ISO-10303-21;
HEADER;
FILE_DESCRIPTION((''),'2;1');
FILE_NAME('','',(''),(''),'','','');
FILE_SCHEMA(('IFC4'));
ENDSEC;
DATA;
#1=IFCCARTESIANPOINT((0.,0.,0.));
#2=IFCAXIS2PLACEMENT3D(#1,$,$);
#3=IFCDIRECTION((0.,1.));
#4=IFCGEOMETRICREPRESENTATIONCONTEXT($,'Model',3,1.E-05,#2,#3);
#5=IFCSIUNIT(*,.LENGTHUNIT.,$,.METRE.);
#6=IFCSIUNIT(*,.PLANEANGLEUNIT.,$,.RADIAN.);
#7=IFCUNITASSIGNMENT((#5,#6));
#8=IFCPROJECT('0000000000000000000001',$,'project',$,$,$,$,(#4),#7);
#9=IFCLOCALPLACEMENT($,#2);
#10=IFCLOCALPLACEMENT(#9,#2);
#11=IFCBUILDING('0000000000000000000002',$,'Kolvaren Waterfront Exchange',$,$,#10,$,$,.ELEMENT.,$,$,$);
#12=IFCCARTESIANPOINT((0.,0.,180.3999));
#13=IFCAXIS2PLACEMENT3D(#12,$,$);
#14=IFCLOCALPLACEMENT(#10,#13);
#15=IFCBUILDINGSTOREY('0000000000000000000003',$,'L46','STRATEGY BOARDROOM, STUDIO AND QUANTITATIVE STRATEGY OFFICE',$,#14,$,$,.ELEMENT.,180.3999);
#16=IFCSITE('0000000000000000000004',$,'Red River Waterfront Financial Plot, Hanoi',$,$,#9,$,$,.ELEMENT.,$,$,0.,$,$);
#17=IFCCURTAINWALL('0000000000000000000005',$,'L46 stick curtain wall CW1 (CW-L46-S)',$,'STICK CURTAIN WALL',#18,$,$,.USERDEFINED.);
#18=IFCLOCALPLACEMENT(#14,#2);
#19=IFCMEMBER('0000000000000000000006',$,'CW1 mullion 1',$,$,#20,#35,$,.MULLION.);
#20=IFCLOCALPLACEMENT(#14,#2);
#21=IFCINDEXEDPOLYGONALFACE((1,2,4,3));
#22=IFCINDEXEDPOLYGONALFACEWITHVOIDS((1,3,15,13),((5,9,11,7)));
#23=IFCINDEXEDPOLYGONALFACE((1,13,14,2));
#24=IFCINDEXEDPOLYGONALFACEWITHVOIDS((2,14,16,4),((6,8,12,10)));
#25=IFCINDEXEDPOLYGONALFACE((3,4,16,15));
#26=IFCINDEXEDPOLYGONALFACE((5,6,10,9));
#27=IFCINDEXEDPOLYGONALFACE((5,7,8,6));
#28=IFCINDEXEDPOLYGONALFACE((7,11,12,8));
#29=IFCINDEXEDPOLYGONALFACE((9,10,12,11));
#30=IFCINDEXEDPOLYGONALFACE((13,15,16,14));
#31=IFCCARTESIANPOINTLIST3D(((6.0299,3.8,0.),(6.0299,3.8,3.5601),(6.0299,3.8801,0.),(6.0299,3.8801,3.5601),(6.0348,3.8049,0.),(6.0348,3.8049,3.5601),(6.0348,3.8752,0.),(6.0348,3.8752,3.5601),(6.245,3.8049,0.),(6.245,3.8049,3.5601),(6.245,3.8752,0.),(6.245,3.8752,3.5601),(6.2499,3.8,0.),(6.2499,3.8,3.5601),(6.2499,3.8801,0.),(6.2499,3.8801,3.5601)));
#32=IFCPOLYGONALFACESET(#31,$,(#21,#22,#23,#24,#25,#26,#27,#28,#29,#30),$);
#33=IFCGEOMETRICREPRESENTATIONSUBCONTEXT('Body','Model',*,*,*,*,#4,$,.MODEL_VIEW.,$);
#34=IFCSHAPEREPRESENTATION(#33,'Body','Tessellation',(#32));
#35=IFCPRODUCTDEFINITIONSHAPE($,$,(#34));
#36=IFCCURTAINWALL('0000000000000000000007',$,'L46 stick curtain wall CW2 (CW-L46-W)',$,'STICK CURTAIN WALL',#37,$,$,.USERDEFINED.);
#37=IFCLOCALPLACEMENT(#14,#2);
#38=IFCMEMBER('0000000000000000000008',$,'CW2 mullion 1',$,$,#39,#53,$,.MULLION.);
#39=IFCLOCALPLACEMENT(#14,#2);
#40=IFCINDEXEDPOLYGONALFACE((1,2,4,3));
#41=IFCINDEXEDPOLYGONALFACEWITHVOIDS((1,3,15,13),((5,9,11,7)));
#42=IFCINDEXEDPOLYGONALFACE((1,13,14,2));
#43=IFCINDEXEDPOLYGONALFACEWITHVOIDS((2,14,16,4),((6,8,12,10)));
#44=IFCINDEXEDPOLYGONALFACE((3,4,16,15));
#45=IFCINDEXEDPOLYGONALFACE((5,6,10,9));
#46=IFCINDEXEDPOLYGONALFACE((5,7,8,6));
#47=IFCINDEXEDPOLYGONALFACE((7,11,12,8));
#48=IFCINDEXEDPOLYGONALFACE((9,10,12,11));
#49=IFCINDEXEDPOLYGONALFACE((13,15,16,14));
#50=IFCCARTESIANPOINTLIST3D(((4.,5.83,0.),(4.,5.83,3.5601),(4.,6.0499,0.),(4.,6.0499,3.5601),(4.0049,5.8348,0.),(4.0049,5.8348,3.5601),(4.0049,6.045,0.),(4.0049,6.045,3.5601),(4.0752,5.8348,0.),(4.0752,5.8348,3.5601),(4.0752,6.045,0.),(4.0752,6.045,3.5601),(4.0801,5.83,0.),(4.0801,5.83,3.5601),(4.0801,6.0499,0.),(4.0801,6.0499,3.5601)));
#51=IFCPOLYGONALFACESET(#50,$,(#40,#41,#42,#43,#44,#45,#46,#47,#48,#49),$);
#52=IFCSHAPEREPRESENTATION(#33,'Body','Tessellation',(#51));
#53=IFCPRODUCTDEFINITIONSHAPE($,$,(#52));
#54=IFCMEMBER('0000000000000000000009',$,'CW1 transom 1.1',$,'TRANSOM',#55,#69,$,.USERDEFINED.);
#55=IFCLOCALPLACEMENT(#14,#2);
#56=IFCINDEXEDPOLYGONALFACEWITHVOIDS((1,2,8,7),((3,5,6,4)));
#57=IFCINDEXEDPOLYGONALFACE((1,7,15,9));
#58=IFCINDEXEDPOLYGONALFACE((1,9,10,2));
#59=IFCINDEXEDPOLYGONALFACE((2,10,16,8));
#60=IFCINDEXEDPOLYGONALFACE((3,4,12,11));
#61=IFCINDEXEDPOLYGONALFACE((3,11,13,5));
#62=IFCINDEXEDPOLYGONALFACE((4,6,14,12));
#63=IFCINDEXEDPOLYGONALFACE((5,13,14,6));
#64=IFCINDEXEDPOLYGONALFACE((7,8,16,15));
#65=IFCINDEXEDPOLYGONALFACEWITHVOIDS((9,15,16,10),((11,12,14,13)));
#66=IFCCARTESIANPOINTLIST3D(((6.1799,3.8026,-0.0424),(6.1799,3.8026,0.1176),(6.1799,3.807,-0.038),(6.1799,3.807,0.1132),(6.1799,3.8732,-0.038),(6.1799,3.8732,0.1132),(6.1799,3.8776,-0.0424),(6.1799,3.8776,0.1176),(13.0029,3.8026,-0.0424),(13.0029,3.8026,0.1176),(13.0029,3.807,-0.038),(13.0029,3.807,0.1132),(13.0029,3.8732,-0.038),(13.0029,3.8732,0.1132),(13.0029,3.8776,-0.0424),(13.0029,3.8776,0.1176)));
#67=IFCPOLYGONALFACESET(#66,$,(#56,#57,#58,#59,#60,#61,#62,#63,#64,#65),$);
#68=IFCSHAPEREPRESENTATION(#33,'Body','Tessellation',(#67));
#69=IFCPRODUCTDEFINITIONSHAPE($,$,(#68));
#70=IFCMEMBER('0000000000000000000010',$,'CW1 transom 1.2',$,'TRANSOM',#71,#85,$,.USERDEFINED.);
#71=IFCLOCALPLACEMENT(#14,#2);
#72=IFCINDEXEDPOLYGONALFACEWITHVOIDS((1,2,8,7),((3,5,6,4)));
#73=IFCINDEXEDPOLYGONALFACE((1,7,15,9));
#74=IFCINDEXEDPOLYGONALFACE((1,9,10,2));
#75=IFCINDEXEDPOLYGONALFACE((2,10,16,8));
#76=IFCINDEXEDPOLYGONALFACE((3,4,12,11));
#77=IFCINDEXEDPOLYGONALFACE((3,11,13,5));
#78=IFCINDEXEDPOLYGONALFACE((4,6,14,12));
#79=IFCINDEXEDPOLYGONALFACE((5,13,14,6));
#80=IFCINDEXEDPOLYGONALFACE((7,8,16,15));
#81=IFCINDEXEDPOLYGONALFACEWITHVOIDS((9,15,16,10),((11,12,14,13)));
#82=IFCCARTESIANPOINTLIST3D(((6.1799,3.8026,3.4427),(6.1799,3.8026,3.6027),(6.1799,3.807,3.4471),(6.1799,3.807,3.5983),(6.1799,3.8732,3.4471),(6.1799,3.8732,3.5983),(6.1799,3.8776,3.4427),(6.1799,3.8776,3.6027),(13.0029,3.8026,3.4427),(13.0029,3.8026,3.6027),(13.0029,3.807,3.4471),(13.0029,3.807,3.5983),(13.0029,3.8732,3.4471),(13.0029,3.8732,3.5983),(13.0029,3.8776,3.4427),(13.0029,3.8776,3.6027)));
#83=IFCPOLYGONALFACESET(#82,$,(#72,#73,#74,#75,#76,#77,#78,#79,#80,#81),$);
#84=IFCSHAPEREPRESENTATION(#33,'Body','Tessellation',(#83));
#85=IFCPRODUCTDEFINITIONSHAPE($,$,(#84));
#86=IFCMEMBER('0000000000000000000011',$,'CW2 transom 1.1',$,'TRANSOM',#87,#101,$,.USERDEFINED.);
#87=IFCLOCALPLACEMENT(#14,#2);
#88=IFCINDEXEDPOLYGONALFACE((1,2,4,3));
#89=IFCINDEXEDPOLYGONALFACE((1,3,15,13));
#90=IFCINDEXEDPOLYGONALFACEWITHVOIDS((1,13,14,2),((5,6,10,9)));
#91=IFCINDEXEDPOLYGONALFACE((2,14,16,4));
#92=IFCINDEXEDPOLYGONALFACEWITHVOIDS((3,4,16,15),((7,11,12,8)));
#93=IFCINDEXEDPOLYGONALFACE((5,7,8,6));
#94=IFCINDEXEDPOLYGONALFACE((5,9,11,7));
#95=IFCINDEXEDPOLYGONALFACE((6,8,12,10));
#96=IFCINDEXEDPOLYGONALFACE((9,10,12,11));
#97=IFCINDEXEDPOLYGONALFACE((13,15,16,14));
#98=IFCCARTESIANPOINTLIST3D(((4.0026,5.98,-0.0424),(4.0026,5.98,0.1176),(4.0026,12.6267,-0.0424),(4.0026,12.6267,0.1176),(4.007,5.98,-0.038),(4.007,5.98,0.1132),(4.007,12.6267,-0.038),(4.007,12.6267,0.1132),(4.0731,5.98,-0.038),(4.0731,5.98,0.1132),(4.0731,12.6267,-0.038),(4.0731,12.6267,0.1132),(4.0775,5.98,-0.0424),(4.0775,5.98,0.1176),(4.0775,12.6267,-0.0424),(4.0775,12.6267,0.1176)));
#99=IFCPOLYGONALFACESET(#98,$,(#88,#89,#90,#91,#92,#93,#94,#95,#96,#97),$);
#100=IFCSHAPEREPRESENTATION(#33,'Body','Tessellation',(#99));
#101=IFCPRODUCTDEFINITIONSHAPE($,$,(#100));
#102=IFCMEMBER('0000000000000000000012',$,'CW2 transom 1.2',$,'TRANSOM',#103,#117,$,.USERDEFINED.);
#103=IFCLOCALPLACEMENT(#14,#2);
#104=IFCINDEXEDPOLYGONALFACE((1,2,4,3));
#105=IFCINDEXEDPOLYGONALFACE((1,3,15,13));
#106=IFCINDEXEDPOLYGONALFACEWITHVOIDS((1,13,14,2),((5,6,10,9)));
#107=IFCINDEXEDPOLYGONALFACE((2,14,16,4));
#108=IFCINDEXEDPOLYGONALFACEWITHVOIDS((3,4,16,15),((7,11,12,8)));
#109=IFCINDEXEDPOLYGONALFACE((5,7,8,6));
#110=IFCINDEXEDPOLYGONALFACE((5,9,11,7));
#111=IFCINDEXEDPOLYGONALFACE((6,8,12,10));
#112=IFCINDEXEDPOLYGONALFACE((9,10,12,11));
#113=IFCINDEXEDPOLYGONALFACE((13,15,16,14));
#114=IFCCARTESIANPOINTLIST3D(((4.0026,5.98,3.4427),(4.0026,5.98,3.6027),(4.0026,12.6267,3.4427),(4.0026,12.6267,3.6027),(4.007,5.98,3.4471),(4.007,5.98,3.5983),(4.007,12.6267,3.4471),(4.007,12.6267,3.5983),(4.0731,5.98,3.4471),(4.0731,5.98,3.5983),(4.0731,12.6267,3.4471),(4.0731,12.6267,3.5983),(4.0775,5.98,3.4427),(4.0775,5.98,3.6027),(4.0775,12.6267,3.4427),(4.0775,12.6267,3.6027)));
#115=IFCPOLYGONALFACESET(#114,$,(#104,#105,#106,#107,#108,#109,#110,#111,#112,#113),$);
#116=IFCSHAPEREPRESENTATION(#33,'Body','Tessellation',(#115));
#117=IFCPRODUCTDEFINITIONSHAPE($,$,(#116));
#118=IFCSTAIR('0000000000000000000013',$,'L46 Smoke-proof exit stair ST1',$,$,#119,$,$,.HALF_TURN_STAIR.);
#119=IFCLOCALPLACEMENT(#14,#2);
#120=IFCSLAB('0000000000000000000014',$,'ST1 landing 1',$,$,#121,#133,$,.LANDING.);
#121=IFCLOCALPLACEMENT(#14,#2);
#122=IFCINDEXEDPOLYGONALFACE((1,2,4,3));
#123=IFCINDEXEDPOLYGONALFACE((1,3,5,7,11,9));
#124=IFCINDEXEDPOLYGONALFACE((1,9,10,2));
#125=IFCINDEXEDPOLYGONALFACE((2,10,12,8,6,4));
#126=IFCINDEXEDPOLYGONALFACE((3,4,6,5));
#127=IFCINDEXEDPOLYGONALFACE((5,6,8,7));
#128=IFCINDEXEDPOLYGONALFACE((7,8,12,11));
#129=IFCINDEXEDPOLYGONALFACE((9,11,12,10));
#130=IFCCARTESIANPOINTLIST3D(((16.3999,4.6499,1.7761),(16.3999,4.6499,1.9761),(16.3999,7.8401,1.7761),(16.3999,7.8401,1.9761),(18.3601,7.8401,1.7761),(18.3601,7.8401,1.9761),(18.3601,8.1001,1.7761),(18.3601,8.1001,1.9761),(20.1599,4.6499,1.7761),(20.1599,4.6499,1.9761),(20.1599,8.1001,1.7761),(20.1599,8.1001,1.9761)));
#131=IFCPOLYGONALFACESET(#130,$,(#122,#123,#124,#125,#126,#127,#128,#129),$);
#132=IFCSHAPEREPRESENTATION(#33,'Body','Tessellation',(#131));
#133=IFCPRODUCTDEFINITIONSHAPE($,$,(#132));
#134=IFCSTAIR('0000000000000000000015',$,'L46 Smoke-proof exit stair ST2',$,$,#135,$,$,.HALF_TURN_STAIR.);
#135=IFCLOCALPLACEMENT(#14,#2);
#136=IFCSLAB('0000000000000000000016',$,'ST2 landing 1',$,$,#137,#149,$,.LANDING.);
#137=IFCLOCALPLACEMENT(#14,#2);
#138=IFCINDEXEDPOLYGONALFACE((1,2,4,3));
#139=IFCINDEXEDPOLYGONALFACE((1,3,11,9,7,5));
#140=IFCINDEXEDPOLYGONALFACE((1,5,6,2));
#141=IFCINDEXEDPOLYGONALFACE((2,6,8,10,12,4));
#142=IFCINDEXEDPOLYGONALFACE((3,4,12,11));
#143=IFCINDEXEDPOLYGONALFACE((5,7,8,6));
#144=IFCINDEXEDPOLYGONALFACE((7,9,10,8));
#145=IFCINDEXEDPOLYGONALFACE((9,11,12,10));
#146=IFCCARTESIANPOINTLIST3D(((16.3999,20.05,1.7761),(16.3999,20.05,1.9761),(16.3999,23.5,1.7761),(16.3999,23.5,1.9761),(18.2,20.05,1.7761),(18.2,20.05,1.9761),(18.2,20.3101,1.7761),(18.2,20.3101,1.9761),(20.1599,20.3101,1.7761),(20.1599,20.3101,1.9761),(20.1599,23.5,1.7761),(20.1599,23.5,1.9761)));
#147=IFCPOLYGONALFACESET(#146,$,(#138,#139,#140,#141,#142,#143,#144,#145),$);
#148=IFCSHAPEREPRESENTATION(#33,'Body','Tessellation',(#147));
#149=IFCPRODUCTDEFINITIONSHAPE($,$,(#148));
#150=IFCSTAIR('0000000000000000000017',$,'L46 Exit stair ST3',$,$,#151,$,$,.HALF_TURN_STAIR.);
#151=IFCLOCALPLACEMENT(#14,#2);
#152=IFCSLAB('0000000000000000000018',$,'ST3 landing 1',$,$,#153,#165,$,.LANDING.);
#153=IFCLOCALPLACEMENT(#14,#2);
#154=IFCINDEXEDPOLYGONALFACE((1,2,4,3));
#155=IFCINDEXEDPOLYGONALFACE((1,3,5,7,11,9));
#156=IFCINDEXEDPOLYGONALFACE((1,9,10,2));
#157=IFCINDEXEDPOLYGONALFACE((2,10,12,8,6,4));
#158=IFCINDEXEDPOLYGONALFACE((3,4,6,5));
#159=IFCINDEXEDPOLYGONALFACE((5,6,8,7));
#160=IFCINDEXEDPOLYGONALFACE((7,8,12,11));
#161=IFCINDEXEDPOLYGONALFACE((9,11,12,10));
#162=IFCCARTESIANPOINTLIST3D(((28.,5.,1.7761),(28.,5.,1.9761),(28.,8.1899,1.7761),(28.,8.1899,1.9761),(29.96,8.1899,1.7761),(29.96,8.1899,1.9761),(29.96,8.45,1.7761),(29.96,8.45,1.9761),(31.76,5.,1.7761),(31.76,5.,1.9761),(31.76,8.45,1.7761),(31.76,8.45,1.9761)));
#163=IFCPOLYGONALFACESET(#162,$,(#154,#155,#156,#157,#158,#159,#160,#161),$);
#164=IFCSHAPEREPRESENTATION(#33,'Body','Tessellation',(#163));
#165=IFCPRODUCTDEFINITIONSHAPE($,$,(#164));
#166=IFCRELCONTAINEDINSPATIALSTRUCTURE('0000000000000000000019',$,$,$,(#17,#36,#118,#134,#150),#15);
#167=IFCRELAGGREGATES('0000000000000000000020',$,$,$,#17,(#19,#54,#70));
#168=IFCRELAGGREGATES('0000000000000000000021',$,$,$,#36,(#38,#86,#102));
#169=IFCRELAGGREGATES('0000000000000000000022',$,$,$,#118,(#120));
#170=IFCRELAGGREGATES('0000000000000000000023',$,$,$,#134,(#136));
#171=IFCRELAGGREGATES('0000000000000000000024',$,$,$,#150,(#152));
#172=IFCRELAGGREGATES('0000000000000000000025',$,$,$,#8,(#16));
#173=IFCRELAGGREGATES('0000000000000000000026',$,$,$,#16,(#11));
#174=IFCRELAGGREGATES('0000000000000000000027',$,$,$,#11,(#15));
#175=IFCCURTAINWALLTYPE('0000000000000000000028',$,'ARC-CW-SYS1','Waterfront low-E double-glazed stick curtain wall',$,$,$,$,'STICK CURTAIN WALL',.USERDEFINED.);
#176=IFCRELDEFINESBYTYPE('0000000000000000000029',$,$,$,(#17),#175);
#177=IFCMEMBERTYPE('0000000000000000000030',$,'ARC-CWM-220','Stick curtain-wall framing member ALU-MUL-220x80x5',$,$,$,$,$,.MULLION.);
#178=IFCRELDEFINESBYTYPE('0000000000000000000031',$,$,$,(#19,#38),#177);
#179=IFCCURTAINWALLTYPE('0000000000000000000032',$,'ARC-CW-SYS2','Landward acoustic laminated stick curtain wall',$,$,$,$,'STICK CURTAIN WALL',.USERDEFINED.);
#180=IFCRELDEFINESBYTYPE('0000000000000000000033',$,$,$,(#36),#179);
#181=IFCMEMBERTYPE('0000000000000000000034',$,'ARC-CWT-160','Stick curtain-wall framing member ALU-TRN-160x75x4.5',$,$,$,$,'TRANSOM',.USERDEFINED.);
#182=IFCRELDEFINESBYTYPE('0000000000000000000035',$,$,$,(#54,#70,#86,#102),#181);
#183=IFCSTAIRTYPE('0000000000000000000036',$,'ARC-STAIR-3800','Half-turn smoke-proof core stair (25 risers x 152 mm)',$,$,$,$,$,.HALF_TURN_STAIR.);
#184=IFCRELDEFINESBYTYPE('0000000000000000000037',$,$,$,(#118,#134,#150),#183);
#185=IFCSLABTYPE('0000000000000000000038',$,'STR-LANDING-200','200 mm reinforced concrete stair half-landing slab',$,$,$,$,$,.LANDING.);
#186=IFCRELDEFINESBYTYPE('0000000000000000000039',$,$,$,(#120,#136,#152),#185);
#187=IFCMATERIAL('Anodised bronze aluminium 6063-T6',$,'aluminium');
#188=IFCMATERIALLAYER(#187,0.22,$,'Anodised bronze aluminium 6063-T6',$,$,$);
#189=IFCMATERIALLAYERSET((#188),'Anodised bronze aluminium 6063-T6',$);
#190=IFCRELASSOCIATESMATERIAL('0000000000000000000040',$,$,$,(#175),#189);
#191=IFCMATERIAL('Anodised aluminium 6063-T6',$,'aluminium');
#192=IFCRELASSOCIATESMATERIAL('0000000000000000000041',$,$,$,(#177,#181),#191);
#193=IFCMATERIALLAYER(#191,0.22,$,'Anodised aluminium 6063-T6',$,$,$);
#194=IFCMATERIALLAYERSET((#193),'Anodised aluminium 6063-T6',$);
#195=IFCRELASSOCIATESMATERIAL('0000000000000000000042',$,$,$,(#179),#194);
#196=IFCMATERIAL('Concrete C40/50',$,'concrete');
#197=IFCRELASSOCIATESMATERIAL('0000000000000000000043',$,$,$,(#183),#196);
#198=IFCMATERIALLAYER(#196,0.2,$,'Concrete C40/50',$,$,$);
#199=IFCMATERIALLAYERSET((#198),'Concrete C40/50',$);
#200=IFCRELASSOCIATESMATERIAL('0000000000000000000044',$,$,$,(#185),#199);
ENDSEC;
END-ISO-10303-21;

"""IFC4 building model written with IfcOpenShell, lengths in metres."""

from ifc_helpers import new_model, si_unit, direction, frame, origin, origin_with_axes, origin_2d, place, context, subcontext, project, spatial, polyline, hollow_rectangle, outline, extrude, source, transform, mapped, material, layer, layer_set, material_profile, profile_set, type_object, element, aggregate, save


model = new_model("IFC4")

# Units and contexts
model_context = context("Model", 3, precision=1e-05, world=origin(), true_north=direction((0.0, 1.0)))
body_context = subcontext(model_context, "Body", "Model", "MODEL_VIEW")
ifc_project = project(units=[si_unit("LENGTHUNIT", "METRE"), si_unit("PLANEANGLEUNIT", "RADIAN")], contexts=[model_context])

# Site, building, storey
site_placement = place(None, origin())
site = spatial("IfcSite", under=ifc_project, at=site_placement, Name="Red River Waterfront Financial Plot, Hanoi", CompositionType="ELEMENT", RefElevation=0.0)
building_placement = place(site_placement, origin())
building = spatial("IfcBuilding", under=site, at=building_placement, Name="Kolvaren Waterfront Exchange", CompositionType="ELEMENT")
storey_placement = place(building_placement, frame((0.0, 0.0, 180.3999)))
storey = spatial("IfcBuildingStorey", under=building, at=storey_placement, Name="L46", Description="STRATEGY BOARDROOM, STUDIO AND QUANTITATIVE STRATEGY OFFICE", CompositionType="ELEMENT", Elevation=180.3999)

# Curtain walls, members
ifc_material_1 = material(Name="Anodised bronze aluminium 6063-T6", Category="aluminium")
ifc_layer_1 = layer(ifc_material_1, 0.22, Name="Anodised bronze aluminium 6063-T6")
ifc_layer_set_1 = layer_set([ifc_layer_1], Name="Anodised bronze aluminium 6063-T6")
curtain_wall_type_1 = type_object("IfcCurtainWallType", Name="ARC-CW-SYS1", Description="Waterfront low-E double-glazed stick curtain wall", ElementType="STICK CURTAIN WALL", PredefinedType="USERDEFINED", material=ifc_layer_set_1)
curtain_wall_1_placement = place(storey_placement, origin())
curtain_wall_1 = element("IfcCurtainWall", 1, at=curtain_wall_1_placement, inside=storey, type_object=curtain_wall_type_1, Name="L46 stick curtain wall CW1 (CW-L46-S)", ObjectType="STICK CURTAIN WALL", PredefinedType="USERDEFINED")
ifc_material_2 = material(Name="Anodised aluminium 6063-T6", Category="aluminium")
ifc_material_profile_1 = material_profile(ifc_material_2, hollow_rectangle(XDim=0.0801, YDim=0.22, WallThickness=0.0049, at=origin_2d()), Name="ALU-MUL-220x80x5")
ifc_profile_set_1 = profile_set([ifc_material_profile_1], Name="Anodised aluminium 6063-T6")
member_type_1 = type_object("IfcMemberType", Name="ARC-CWM-220", Description="Stick curtain-wall framing member ALU-MUL-220x80x5", PredefinedType="MULLION", material=ifc_profile_set_1)
shared_shape_1 = source(origin_with_axes(), body_context, "Body", "SweptSolid", [
    extrude(hollow_rectangle(XDim=0.0801, YDim=0.22, WallThickness=0.0049, at=origin_2d()), origin(), (0.0, 0.0, 1.0), 3.5601),
])
member_1_placement = place(storey_placement, frame((6.1399, 3.8401, 0.0), z_axis=(0.0, 0.0, 1.0), x_axis=(0.0, 1.0, 0.0)))
member_1 = element("IfcMember", 2, at=member_1_placement, type_object=member_type_1, Name="CW1 mullion 1", PredefinedType="MULLION", context=body_context, shape_type="MappedRepresentation", body=[
    mapped(shared_shape_1, transform((0.0, 0.0, 0.0), x_axis=(1.0, 0.0, 0.0), y_axis=(0.0, 1.0, 0.0), z_axis=(0.0, 0.0, 1.0), scale=1.0)),
])
ifc_layer_2 = layer(ifc_material_2, 0.22, Name="Anodised aluminium 6063-T6")
ifc_layer_set_2 = layer_set([ifc_layer_2], Name="Anodised aluminium 6063-T6")
curtain_wall_type_2 = type_object("IfcCurtainWallType", Name="ARC-CW-SYS2", Description="Landward acoustic laminated stick curtain wall", ElementType="STICK CURTAIN WALL", PredefinedType="USERDEFINED", material=ifc_layer_set_2)
curtain_wall_2_placement = place(storey_placement, origin())
curtain_wall_2 = element("IfcCurtainWall", 3, at=curtain_wall_2_placement, inside=storey, type_object=curtain_wall_type_2, Name="L46 stick curtain wall CW2 (CW-L46-W)", ObjectType="STICK CURTAIN WALL", PredefinedType="USERDEFINED")
member_2_placement = place(storey_placement, frame((4.04, 5.9399, 0.0), z_axis=(0.0, 0.0, 1.0), x_axis=(-1.0, 0.0, 0.0)))
member_2 = element("IfcMember", 4, at=member_2_placement, type_object=member_type_1, Name="CW2 mullion 1", PredefinedType="MULLION", context=body_context, shape_type="MappedRepresentation", body=[
    mapped(shared_shape_1, transform((0.0, 0.0, 0.0), x_axis=(1.0, 0.0, 0.0), y_axis=(0.0, 1.0, 0.0), z_axis=(0.0, 0.0, 1.0), scale=1.0)),
])

# Members
ifc_material_profile_2 = material_profile(ifc_material_2, hollow_rectangle(XDim=0.075, YDim=0.1599, WallThickness=0.0044, at=origin_2d()), Name="ALU-TRN-160x75x4.5")
ifc_profile_set_2 = profile_set([ifc_material_profile_2], Name="Anodised aluminium 6063-T6")
member_type_2 = type_object("IfcMemberType", Name="ARC-CWT-160", Description="Stick curtain-wall framing member ALU-TRN-160x75x4.5", ElementType="TRANSOM", PredefinedType="USERDEFINED", material=ifc_profile_set_2)
shared_shape_2 = source(origin_with_axes(), body_context, "Body", "SweptSolid", [
    extrude(hollow_rectangle(XDim=0.075, YDim=0.1599, WallThickness=0.0044, at=origin_2d()), origin(), (0.0, 0.0, 1.0), 6.823),
])
member_3_placement = place(storey_placement, frame((6.1799, 3.8401, 0.0376), z_axis=(1.0, 0.0, 0.0), x_axis=(0.0, 1.0, 0.0)))
member_3 = element("IfcMember", 5, at=member_3_placement, type_object=member_type_2, Name="CW1 transom 1.1", ObjectType="TRANSOM", PredefinedType="USERDEFINED", context=body_context, shape_type="MappedRepresentation", body=[
    mapped(shared_shape_2, transform((0.0, 0.0, 0.0), x_axis=(1.0, 0.0, 0.0), y_axis=(0.0, 1.0, 0.0), z_axis=(0.0, 0.0, 1.0), scale=1.0)),
])
member_4_placement = place(storey_placement, frame((6.1799, 3.8401, 3.5227), z_axis=(1.0, 0.0, 0.0), x_axis=(0.0, 1.0, 0.0)))
member_4 = element("IfcMember", 6, at=member_4_placement, type_object=member_type_2, Name="CW1 transom 1.2", ObjectType="TRANSOM", PredefinedType="USERDEFINED", context=body_context, shape_type="MappedRepresentation", body=[
    mapped(shared_shape_2, transform((0.0, 0.0, 0.0), x_axis=(1.0, 0.0, 0.0), y_axis=(0.0, 1.0, 0.0), z_axis=(0.0, 0.0, 1.0), scale=1.0)),
])
aggregate(curtain_wall_1, [member_1, member_3, member_4])
shared_shape_3 = source(origin_with_axes(), body_context, "Body", "SweptSolid", [
    extrude(hollow_rectangle(XDim=0.075, YDim=0.1599, WallThickness=0.0044, at=origin_2d()), origin(), (0.0, 0.0, 1.0), 6.6467),
])
member_5_placement = place(storey_placement, frame((4.04, 5.98, 0.0376), z_axis=(0.0, 1.0, 0.0), x_axis=(-1.0, 0.0, 0.0)))
member_5 = element("IfcMember", 7, at=member_5_placement, type_object=member_type_2, Name="CW2 transom 1.1", ObjectType="TRANSOM", PredefinedType="USERDEFINED", context=body_context, shape_type="MappedRepresentation", body=[
    mapped(shared_shape_3, transform((0.0, 0.0, 0.0), x_axis=(1.0, 0.0, 0.0), y_axis=(0.0, 1.0, 0.0), z_axis=(0.0, 0.0, 1.0), scale=1.0)),
])
member_6_placement = place(storey_placement, frame((4.04, 5.98, 3.5227), z_axis=(0.0, 1.0, 0.0), x_axis=(-1.0, 0.0, 0.0)))
member_6 = element("IfcMember", 8, at=member_6_placement, type_object=member_type_2, Name="CW2 transom 1.2", ObjectType="TRANSOM", PredefinedType="USERDEFINED", context=body_context, shape_type="MappedRepresentation", body=[
    mapped(shared_shape_3, transform((0.0, 0.0, 0.0), x_axis=(1.0, 0.0, 0.0), y_axis=(0.0, 1.0, 0.0), z_axis=(0.0, 0.0, 1.0), scale=1.0)),
])
aggregate(curtain_wall_2, [member_2, member_5, member_6])

# Stairs, slabs
ifc_material_3 = material(Name="Concrete C40/50", Category="concrete")
stair_type = type_object("IfcStairType", Name="ARC-STAIR-3800", Description="Half-turn smoke-proof core stair (25 risers x 152 mm)", PredefinedType="HALF_TURN_STAIR", material=ifc_material_3)
stair_1_placement = place(storey_placement, origin())
stair_1 = element("IfcStair", 9, at=stair_1_placement, inside=storey, type_object=stair_type, Name="L46 Smoke-proof exit stair ST1", PredefinedType="HALF_TURN_STAIR")
ifc_layer_3 = layer(ifc_material_3, 0.2, Name="Concrete C40/50")
ifc_layer_set_3 = layer_set([ifc_layer_3], Name="Concrete C40/50")
slab_type_1 = type_object("IfcSlabType", Name="STR-LANDING-200", Description="200 mm reinforced concrete stair half-landing slab", PredefinedType="LANDING", material=ifc_layer_set_3)
slab_1_placement = place(storey_placement, frame((0.0, 0.0, 1.7761)))
slab_1 = element("IfcSlab", 10, at=slab_1_placement, type_object=slab_type_1, Name="ST1 landing 1", PredefinedType="LANDING", context=body_context, shape_type="SweptSolid", body=[
    extrude(outline(polyline([(16.3999, 7.8401), (16.3999, 4.6499), (20.1599, 4.6499), (20.1599, 8.1001), (18.3601, 8.1001), (18.3601, 7.8401), (16.3999, 7.8401)])), origin(), (0.0, 0.0, 1.0), 0.2),
])
aggregate(stair_1, [slab_1])
stair_2_placement = place(storey_placement, origin())
stair_2 = element("IfcStair", 11, at=stair_2_placement, inside=storey, type_object=stair_type, Name="L46 Smoke-proof exit stair ST2", PredefinedType="HALF_TURN_STAIR")
slab_2_placement = place(storey_placement, frame((0.0, 0.0, 1.7761)))
slab_2 = element("IfcSlab", 12, at=slab_2_placement, type_object=slab_type_1, Name="ST2 landing 1", PredefinedType="LANDING", context=body_context, shape_type="SweptSolid", body=[
    extrude(outline(polyline([(20.1599, 20.3101), (20.1599, 23.5), (16.3999, 23.5), (16.3999, 20.05), (18.2, 20.05), (18.2, 20.3101), (20.1599, 20.3101)])), origin(), (0.0, 0.0, 1.0), 0.2),
])
aggregate(stair_2, [slab_2])
stair_3_placement = place(storey_placement, origin())
stair_3 = element("IfcStair", 13, at=stair_3_placement, inside=storey, type_object=stair_type, Name="L46 Exit stair ST3", PredefinedType="HALF_TURN_STAIR")
slab_3_placement = place(storey_placement, frame((0.0, 0.0, 1.7761)))
slab_3 = element("IfcSlab", 14, at=slab_3_placement, type_object=slab_type_1, Name="ST3 landing 1", PredefinedType="LANDING", context=body_context, shape_type="SweptSolid", body=[
    extrude(outline(polyline([(28.0, 8.1899), (28.0, 5.0), (31.76, 5.0), (31.76, 8.45), (29.96, 8.45), (29.96, 8.1899), (28.0, 8.1899)])), origin(), (0.0, 0.0, 1.0), 0.2),
])
aggregate(stair_3, [slab_3])

save(model, "model.ifc")
